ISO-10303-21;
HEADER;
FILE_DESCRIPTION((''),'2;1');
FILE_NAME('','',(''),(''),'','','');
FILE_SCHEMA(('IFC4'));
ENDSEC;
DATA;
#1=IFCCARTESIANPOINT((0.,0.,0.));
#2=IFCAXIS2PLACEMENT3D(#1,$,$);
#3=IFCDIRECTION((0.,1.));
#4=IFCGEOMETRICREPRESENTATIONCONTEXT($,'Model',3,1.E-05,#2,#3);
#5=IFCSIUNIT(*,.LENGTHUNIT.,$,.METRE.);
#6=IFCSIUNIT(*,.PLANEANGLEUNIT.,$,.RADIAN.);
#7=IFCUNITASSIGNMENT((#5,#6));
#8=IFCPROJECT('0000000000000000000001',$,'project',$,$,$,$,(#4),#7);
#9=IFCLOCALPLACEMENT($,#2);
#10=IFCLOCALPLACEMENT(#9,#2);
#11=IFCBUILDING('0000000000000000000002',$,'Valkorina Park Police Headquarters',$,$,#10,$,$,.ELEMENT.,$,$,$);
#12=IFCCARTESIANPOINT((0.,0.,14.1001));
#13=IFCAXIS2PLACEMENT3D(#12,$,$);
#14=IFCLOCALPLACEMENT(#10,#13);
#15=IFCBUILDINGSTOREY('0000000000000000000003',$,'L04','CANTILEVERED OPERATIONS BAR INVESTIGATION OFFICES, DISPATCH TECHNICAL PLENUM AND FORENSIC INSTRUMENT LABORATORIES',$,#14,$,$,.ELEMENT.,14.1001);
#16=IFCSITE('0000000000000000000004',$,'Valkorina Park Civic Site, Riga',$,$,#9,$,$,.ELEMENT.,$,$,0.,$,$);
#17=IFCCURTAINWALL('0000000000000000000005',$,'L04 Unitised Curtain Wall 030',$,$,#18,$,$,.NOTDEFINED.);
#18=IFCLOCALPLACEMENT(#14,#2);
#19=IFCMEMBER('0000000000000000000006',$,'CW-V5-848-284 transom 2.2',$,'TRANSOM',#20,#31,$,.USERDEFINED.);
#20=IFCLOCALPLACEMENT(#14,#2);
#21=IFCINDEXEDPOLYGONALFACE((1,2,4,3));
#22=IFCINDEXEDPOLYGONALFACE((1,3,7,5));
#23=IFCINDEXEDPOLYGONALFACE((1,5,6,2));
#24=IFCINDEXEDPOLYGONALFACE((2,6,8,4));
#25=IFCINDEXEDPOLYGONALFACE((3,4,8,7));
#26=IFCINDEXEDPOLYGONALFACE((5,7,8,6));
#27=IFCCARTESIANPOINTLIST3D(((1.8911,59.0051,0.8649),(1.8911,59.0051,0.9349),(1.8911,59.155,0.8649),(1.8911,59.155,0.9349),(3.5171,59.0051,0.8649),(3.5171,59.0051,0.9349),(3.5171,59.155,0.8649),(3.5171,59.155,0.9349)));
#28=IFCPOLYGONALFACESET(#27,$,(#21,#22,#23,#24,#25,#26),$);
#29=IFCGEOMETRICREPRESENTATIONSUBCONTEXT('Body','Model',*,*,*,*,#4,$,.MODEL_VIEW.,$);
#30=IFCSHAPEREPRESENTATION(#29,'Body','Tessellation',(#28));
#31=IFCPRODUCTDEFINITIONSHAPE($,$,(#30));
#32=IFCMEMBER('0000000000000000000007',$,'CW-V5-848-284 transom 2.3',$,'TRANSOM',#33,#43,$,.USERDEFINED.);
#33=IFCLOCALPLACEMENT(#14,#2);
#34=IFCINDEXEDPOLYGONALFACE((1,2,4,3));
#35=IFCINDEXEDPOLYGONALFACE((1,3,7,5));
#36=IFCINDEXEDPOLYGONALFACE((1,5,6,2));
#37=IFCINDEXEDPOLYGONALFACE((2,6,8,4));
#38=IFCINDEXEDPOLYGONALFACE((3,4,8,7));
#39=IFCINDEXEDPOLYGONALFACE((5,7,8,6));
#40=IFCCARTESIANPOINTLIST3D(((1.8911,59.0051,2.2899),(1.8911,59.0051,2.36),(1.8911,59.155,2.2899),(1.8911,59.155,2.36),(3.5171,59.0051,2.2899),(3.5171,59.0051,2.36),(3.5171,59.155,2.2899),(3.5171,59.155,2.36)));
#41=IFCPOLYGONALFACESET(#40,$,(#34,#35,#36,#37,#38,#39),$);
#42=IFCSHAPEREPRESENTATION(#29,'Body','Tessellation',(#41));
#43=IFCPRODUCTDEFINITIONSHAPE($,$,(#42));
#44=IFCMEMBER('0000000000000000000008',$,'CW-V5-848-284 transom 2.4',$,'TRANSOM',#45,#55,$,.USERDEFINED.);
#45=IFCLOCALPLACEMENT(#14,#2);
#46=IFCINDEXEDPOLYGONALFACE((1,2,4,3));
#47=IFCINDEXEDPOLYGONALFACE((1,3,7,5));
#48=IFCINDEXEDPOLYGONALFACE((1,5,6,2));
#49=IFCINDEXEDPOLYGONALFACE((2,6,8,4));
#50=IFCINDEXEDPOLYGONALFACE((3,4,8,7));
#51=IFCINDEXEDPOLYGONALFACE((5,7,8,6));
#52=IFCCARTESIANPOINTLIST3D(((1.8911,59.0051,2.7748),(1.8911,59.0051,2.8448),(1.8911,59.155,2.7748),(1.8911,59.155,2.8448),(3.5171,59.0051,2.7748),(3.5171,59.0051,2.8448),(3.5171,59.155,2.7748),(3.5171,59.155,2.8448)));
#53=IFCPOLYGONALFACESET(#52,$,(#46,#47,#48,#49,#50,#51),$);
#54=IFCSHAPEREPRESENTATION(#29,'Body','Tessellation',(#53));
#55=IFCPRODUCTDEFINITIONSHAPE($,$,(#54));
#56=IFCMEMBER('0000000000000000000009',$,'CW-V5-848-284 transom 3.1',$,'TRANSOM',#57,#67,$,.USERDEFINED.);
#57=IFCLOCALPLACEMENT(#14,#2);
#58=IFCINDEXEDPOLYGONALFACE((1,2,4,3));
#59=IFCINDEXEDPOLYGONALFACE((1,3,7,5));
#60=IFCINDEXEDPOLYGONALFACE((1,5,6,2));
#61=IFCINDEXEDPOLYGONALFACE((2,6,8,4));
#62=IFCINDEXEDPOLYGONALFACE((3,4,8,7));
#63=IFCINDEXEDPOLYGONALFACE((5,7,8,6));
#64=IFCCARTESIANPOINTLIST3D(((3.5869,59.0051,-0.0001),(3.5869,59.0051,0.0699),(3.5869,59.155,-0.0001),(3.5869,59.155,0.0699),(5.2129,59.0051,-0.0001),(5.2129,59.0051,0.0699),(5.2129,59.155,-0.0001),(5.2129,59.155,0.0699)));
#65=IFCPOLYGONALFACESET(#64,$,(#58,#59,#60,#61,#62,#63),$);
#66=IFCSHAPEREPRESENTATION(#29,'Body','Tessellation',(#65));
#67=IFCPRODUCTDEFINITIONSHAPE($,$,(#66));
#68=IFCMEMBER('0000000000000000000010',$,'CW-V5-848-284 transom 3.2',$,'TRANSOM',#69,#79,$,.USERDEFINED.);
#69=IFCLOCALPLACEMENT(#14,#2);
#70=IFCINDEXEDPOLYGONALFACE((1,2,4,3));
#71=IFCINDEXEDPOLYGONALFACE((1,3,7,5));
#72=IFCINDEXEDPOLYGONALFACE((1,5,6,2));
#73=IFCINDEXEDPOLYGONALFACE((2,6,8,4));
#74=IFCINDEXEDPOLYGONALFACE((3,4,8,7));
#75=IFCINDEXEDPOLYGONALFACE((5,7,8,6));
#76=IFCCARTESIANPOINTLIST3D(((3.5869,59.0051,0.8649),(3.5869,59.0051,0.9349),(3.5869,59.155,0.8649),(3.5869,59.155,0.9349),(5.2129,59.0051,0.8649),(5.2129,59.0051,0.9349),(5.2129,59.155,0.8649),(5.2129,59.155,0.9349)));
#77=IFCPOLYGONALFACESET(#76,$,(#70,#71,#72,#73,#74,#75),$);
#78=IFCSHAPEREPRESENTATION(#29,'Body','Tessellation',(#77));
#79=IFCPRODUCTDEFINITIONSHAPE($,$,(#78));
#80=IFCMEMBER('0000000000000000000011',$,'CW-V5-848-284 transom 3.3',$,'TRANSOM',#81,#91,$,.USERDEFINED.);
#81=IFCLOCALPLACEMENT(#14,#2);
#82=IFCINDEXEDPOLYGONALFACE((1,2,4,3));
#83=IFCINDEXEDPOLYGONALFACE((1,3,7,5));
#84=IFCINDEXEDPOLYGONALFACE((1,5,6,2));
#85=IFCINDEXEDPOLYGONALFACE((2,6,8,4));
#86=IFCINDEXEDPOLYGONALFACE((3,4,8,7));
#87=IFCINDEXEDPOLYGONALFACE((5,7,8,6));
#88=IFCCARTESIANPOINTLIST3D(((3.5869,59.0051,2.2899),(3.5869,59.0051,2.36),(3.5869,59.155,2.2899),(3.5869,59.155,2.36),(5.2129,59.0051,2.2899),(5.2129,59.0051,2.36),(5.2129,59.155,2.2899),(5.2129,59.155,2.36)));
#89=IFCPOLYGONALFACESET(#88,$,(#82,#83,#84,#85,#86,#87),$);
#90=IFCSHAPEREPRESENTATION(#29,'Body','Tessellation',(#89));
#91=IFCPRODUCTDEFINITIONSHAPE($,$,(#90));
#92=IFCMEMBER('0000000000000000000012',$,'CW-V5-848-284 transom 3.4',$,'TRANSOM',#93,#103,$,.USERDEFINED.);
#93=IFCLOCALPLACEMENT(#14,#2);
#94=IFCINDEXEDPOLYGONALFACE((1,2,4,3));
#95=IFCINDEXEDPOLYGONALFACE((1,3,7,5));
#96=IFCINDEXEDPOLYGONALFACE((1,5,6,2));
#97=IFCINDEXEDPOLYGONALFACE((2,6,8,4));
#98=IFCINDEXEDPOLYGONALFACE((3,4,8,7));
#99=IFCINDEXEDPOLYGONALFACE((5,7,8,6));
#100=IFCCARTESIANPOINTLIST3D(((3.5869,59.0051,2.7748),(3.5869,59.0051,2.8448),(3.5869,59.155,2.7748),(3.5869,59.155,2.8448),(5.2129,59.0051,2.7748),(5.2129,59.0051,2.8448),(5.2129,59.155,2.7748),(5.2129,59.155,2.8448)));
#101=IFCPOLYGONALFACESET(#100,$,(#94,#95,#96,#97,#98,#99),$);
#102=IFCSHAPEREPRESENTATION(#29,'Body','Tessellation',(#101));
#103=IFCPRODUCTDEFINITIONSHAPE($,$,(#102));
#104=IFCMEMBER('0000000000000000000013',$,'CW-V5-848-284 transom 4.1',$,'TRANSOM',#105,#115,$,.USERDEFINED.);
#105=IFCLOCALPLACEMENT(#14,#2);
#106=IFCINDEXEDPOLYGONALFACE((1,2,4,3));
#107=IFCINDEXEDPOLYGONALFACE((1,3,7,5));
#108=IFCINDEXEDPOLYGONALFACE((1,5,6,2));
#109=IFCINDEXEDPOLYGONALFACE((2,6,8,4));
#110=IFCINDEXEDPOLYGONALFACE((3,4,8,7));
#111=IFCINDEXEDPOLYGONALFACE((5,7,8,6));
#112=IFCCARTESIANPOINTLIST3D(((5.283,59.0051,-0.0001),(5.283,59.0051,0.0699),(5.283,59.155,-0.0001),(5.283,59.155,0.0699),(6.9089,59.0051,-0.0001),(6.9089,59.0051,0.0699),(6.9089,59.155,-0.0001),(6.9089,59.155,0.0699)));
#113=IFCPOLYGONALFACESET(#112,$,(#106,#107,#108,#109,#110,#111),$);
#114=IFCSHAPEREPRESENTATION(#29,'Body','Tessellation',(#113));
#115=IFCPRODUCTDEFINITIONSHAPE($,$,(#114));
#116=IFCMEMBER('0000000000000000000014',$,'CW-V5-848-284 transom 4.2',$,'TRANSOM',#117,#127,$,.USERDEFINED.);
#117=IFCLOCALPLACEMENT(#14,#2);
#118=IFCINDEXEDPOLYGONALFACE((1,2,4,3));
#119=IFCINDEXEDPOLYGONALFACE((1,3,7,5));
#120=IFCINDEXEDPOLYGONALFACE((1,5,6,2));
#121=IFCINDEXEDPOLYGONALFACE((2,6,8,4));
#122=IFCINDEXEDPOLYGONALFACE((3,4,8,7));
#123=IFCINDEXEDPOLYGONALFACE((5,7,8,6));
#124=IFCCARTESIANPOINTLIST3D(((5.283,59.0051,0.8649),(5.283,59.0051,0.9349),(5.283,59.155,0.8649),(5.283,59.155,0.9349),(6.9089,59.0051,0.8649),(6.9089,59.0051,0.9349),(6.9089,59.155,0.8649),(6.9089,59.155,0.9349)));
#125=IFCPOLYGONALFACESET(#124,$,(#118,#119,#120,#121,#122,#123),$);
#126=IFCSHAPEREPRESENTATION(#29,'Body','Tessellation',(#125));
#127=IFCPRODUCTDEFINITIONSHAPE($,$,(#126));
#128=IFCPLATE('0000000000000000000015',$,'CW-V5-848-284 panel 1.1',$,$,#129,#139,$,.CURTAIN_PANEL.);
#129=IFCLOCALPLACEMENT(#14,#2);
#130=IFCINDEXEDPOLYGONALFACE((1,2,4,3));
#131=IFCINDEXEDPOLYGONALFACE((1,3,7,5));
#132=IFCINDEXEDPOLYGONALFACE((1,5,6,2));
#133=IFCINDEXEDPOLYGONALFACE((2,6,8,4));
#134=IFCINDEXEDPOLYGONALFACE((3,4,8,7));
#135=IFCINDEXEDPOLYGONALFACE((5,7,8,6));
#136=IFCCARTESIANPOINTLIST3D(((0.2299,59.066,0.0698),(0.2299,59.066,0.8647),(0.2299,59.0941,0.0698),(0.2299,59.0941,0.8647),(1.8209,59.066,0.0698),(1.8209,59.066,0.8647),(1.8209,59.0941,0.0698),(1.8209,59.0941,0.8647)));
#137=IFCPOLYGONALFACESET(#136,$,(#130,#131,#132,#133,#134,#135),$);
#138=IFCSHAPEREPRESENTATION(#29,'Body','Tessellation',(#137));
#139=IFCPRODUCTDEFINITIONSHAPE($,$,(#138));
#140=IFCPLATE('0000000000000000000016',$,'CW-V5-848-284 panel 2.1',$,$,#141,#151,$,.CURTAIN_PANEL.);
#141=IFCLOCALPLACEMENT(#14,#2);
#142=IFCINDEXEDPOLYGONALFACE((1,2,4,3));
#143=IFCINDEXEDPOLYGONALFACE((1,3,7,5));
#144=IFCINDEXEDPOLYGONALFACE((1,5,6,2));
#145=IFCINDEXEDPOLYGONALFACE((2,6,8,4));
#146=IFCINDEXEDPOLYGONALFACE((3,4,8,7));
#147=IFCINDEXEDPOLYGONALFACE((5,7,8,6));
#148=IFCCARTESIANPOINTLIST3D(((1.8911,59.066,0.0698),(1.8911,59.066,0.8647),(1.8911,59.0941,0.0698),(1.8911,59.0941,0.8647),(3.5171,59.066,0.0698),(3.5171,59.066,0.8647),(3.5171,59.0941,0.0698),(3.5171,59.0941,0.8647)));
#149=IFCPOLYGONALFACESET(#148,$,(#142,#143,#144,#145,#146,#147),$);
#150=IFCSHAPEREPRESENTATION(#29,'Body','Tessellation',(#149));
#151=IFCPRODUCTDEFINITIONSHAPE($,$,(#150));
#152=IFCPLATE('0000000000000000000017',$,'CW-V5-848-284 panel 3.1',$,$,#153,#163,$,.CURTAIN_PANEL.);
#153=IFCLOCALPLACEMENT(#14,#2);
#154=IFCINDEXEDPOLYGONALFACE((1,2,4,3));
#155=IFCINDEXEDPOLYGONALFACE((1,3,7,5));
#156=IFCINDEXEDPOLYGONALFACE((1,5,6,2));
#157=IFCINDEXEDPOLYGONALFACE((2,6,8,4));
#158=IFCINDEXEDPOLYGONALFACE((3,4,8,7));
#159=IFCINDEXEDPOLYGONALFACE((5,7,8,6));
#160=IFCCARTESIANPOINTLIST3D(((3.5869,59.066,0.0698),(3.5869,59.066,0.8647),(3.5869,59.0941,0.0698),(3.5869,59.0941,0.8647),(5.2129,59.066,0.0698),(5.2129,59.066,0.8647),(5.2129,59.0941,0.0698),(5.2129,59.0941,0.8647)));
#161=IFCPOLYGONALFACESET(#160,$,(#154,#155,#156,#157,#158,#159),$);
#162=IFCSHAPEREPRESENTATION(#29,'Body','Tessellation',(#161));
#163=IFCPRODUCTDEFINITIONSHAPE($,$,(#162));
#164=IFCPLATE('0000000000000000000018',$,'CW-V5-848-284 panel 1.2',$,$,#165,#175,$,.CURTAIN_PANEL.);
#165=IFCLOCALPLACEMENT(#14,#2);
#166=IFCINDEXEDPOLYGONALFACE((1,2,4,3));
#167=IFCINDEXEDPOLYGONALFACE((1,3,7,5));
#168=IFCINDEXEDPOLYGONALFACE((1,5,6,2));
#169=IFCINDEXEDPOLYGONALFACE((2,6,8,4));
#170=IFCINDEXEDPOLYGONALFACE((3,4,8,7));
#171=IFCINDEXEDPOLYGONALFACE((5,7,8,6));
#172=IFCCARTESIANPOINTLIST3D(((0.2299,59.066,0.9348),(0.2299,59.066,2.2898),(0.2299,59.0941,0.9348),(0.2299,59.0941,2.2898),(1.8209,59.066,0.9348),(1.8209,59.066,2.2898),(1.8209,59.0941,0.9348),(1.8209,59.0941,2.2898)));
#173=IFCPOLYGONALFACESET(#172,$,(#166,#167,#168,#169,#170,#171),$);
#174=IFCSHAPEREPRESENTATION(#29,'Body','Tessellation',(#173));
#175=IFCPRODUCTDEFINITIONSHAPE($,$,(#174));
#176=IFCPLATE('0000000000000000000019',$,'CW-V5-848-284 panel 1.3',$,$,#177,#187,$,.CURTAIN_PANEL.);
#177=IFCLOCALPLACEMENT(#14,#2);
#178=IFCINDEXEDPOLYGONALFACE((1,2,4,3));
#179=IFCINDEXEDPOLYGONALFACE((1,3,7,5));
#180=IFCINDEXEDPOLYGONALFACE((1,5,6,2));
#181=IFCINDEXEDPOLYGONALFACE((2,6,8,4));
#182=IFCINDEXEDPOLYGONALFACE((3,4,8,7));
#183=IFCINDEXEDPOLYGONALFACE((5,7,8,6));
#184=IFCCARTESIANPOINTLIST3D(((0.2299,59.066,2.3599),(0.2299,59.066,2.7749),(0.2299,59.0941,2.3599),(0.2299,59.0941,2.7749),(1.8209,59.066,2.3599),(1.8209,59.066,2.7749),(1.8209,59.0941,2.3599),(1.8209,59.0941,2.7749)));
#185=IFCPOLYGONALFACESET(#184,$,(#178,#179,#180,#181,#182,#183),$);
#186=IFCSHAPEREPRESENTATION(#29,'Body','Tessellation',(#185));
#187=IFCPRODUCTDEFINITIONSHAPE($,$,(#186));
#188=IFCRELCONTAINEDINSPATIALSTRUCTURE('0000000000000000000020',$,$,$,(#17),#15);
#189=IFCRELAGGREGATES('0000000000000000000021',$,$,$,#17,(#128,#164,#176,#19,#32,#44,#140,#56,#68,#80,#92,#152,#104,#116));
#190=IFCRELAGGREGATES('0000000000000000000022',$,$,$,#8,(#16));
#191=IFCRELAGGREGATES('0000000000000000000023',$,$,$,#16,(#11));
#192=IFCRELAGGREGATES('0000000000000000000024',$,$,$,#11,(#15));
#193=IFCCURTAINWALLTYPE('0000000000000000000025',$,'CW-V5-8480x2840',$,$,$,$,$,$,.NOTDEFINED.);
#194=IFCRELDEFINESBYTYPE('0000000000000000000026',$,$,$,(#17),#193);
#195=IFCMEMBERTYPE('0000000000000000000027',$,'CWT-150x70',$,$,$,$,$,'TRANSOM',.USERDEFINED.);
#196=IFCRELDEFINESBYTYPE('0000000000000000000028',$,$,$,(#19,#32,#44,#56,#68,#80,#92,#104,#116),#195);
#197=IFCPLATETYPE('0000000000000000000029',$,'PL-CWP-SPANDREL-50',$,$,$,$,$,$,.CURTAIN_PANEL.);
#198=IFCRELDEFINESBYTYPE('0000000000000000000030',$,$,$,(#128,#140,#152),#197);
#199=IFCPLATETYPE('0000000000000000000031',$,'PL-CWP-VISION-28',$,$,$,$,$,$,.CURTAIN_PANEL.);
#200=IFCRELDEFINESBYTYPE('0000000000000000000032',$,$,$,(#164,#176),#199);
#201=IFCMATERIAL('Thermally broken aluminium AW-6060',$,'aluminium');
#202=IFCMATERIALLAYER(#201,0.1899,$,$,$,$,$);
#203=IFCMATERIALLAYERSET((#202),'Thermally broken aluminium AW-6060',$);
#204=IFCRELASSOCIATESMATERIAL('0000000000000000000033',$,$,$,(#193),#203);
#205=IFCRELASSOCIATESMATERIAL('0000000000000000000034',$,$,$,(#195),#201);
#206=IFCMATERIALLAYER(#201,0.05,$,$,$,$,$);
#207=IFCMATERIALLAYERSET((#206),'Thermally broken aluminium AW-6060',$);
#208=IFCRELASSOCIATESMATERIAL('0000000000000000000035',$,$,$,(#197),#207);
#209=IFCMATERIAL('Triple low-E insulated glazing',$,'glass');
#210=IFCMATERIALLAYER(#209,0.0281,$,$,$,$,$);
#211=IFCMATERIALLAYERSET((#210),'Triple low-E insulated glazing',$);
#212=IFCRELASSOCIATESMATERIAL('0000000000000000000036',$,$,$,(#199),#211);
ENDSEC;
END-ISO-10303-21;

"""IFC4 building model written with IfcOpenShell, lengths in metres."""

from ifc_helpers import new_model, si_unit, direction, frame, origin, origin_2d, place, context, subcontext, project, spatial, rectangle, extrude, material, layer, layer_set, material_profile, profile_set, type_object, element, aggregate, save


model = new_model("IFC4")

# Units and contexts
model_context = context("Model", 3, precision=1e-05, world=origin(), true_north=direction((0.0, 1.0)))
body_context = subcontext(model_context, "Body", "Model", "MODEL_VIEW")
ifc_project = project(units=[si_unit("LENGTHUNIT", "METRE"), si_unit("PLANEANGLEUNIT", "RADIAN")], contexts=[model_context])

# Site, building, storey
site_placement = place(None, origin())
site = spatial("IfcSite", under=ifc_project, at=site_placement, Name="Valkorina Park Civic Site, Riga", CompositionType="ELEMENT", RefElevation=0.0)
building_placement = place(site_placement, origin())
building = spatial("IfcBuilding", under=site, at=building_placement, Name="Valkorina Park Police Headquarters", CompositionType="ELEMENT")
storey_placement = place(building_placement, frame((0.0, 0.0, 14.1001)))
storey = spatial("IfcBuildingStorey", under=building, at=storey_placement, Name="L04", Description="CANTILEVERED OPERATIONS BAR INVESTIGATION OFFICES, DISPATCH TECHNICAL PLENUM AND FORENSIC INSTRUMENT LABORATORIES", CompositionType="ELEMENT", Elevation=14.1001)

# Curtain wall, members, plates
ifc_material_1 = material(Name="Thermally broken aluminium AW-6060", Category="aluminium")
ifc_layer_1 = layer(ifc_material_1, 0.1899)
ifc_layer_set_1 = layer_set([ifc_layer_1], Name="Thermally broken aluminium AW-6060")
curtain_wall_type = type_object("IfcCurtainWallType", Name="CW-V5-8480x2840", PredefinedType="NOTDEFINED", material=ifc_layer_set_1)
curtain_wall_placement = place(storey_placement, origin())
curtain_wall = element("IfcCurtainWall", 1, at=curtain_wall_placement, inside=storey, type_object=curtain_wall_type, Name="L04 Unitised Curtain Wall 030", PredefinedType="NOTDEFINED")
ifc_material_profile_1 = material_profile(ifc_material_1, rectangle(XDim=0.1499, YDim=0.0701, at=origin_2d()), Name="CWT-02 150x70")
ifc_profile_set_1 = profile_set([ifc_material_profile_1], Name="Thermally broken aluminium AW-6060")
member_type_1 = type_object("IfcMemberType", Name="CWT-150x70", ElementType="TRANSOM", PredefinedType="USERDEFINED", material=ifc_profile_set_1)
member_1_placement = place(storey_placement, frame((1.8911, 59.0801, 0.8999), z_axis=(1.0, 0.0, 0.0), x_axis=(0.0, 1.0, 0.0)))
member_1 = element("IfcMember", 2, at=member_1_placement, type_object=member_type_1, Name="CW-V5-848-284 transom 2.2", ObjectType="TRANSOM", PredefinedType="USERDEFINED", context=body_context, shape_type="SweptSolid", body=[
    extrude(rectangle(XDim=0.1499, YDim=0.0701, at=origin_2d()), origin(), (0.0, 0.0, 1.0), 1.626),
])
member_2_placement = place(storey_placement, frame((1.8911, 59.0801, 2.325), z_axis=(1.0, 0.0, 0.0), x_axis=(0.0, 1.0, 0.0)))
member_2 = element("IfcMember", 3, at=member_2_placement, type_object=member_type_1, Name="CW-V5-848-284 transom 2.3", ObjectType="TRANSOM", PredefinedType="USERDEFINED", context=body_context, shape_type="SweptSolid", body=[
    extrude(rectangle(XDim=0.1499, YDim=0.0701, at=origin_2d()), origin(), (0.0, 0.0, 1.0), 1.626),
])
member_3_placement = place(storey_placement, frame((1.8911, 59.0801, 2.8098), z_axis=(1.0, 0.0, 0.0), x_axis=(0.0, 1.0, 0.0)))
member_3 = element("IfcMember", 4, at=member_3_placement, type_object=member_type_1, Name="CW-V5-848-284 transom 2.4", ObjectType="TRANSOM", PredefinedType="USERDEFINED", context=body_context, shape_type="SweptSolid", body=[
    extrude(rectangle(XDim=0.1499, YDim=0.0701, at=origin_2d()), origin(), (0.0, 0.0, 1.0), 1.626),
])
member_4_placement = place(storey_placement, frame((3.5869, 59.0801, 0.0349), z_axis=(1.0, 0.0, 0.0), x_axis=(0.0, 1.0, 0.0)))
member_4 = element("IfcMember", 5, at=member_4_placement, type_object=member_type_1, Name="CW-V5-848-284 transom 3.1", ObjectType="TRANSOM", PredefinedType="USERDEFINED", context=body_context, shape_type="SweptSolid", body=[
    extrude(rectangle(XDim=0.1499, YDim=0.0701, at=origin_2d()), origin(), (0.0, 0.0, 1.0), 1.626),
])
member_5_placement = place(storey_placement, frame((3.5869, 59.0801, 0.8999), z_axis=(1.0, 0.0, 0.0), x_axis=(0.0, 1.0, 0.0)))
member_5 = element("IfcMember", 6, at=member_5_placement, type_object=member_type_1, Name="CW-V5-848-284 transom 3.2", ObjectType="TRANSOM", PredefinedType="USERDEFINED", context=body_context, shape_type="SweptSolid", body=[
    extrude(rectangle(XDim=0.1499, YDim=0.0701, at=origin_2d()), origin(), (0.0, 0.0, 1.0), 1.626),
])
member_6_placement = place(storey_placement, frame((3.5869, 59.0801, 2.325), z_axis=(1.0, 0.0, 0.0), x_axis=(0.0, 1.0, 0.0)))
member_6 = element("IfcMember", 7, at=member_6_placement, type_object=member_type_1, Name="CW-V5-848-284 transom 3.3", ObjectType="TRANSOM", PredefinedType="USERDEFINED", context=body_context, shape_type="SweptSolid", body=[
    extrude(rectangle(XDim=0.1499, YDim=0.0701, at=origin_2d()), origin(), (0.0, 0.0, 1.0), 1.626),
])
member_7_placement = place(storey_placement, frame((3.5869, 59.0801, 2.8098), z_axis=(1.0, 0.0, 0.0), x_axis=(0.0, 1.0, 0.0)))
member_7 = element("IfcMember", 8, at=member_7_placement, type_object=member_type_1, Name="CW-V5-848-284 transom 3.4", ObjectType="TRANSOM", PredefinedType="USERDEFINED", context=body_context, shape_type="SweptSolid", body=[
    extrude(rectangle(XDim=0.1499, YDim=0.0701, at=origin_2d()), origin(), (0.0, 0.0, 1.0), 1.626),
])
member_8_placement = place(storey_placement, frame((5.283, 59.0801, 0.0349), z_axis=(1.0, 0.0, 0.0), x_axis=(0.0, 1.0, 0.0)))
member_8 = element("IfcMember", 9, at=member_8_placement, type_object=member_type_1, Name="CW-V5-848-284 transom 4.1", ObjectType="TRANSOM", PredefinedType="USERDEFINED", context=body_context, shape_type="SweptSolid", body=[
    extrude(rectangle(XDim=0.1499, YDim=0.0701, at=origin_2d()), origin(), (0.0, 0.0, 1.0), 1.626),
])
member_9_placement = place(storey_placement, frame((5.283, 59.0801, 0.8999), z_axis=(1.0, 0.0, 0.0), x_axis=(0.0, 1.0, 0.0)))
member_9 = element("IfcMember", 10, at=member_9_placement, type_object=member_type_1, Name="CW-V5-848-284 transom 4.2", ObjectType="TRANSOM", PredefinedType="USERDEFINED", context=body_context, shape_type="SweptSolid", body=[
    extrude(rectangle(XDim=0.1499, YDim=0.0701, at=origin_2d()), origin(), (0.0, 0.0, 1.0), 1.626),
])
ifc_layer_2 = layer(ifc_material_1, 0.05)
ifc_layer_set_2 = layer_set([ifc_layer_2], Name="Thermally broken aluminium AW-6060")
plate_type_1 = type_object("IfcPlateType", Name="PL-CWP-SPANDREL-50", PredefinedType="CURTAIN_PANEL", material=ifc_layer_set_2)
plate_1_placement = place(storey_placement, frame((1.0254, 59.0801, 0.0698), z_axis=(0.0, 0.0, 1.0), x_axis=(1.0, 0.0, 0.0)))
plate_1 = element("IfcPlate", 11, at=plate_1_placement, type_object=plate_type_1, Name="CW-V5-848-284 panel 1.1", PredefinedType="CURTAIN_PANEL", context=body_context, shape_type="SweptSolid", body=[
    extrude(rectangle(XDim=1.5911, YDim=0.0281, at=origin_2d()), origin(), (0.0, 0.0, 1.0), 0.7949),
])
plate_2_placement = place(storey_placement, frame((2.7041, 59.0801, 0.0698), z_axis=(0.0, 0.0, 1.0), x_axis=(1.0, 0.0, 0.0)))
plate_2 = element("IfcPlate", 12, at=plate_2_placement, type_object=plate_type_1, Name="CW-V5-848-284 panel 2.1", PredefinedType="CURTAIN_PANEL", context=body_context, shape_type="SweptSolid", body=[
    extrude(rectangle(XDim=1.626, YDim=0.0281, at=origin_2d()), origin(), (0.0, 0.0, 1.0), 0.7949),
])
plate_3_placement = place(storey_placement, frame((4.3999, 59.0801, 0.0698), z_axis=(0.0, 0.0, 1.0), x_axis=(1.0, 0.0, 0.0)))
plate_3 = element("IfcPlate", 13, at=plate_3_placement, type_object=plate_type_1, Name="CW-V5-848-284 panel 3.1", PredefinedType="CURTAIN_PANEL", context=body_context, shape_type="SweptSolid", body=[
    extrude(rectangle(XDim=1.626, YDim=0.0281, at=origin_2d()), origin(), (0.0, 0.0, 1.0), 0.7949),
])
ifc_material_2 = material(Name="Triple low-E insulated glazing", Category="glass")
ifc_layer_3 = layer(ifc_material_2, 0.0281)
ifc_layer_set_3 = layer_set([ifc_layer_3], Name="Triple low-E insulated glazing")
plate_type_2 = type_object("IfcPlateType", Name="PL-CWP-VISION-28", PredefinedType="CURTAIN_PANEL", material=ifc_layer_set_3)
plate_4_placement = place(storey_placement, frame((1.0254, 59.0801, 0.9348), z_axis=(0.0, 0.0, 1.0), x_axis=(1.0, 0.0, 0.0)))
plate_4 = element("IfcPlate", 14, at=plate_4_placement, type_object=plate_type_2, Name="CW-V5-848-284 panel 1.2", PredefinedType="CURTAIN_PANEL", context=body_context, shape_type="SweptSolid", body=[
    extrude(rectangle(XDim=1.5911, YDim=0.0281, at=origin_2d()), origin(), (0.0, 0.0, 1.0), 1.355),
])
plate_5_placement = place(storey_placement, frame((1.0254, 59.0801, 2.3599), z_axis=(0.0, 0.0, 1.0), x_axis=(1.0, 0.0, 0.0)))
plate_5 = element("IfcPlate", 15, at=plate_5_placement, type_object=plate_type_2, Name="CW-V5-848-284 panel 1.3", PredefinedType="CURTAIN_PANEL", context=body_context, shape_type="SweptSolid", body=[
    extrude(rectangle(XDim=1.5911, YDim=0.0281, at=origin_2d()), origin(), (0.0, 0.0, 1.0), 0.415),
])
aggregate(curtain_wall, [plate_1, plate_4, plate_5, member_1, member_2, member_3, plate_2, member_4, member_5, member_6, member_7, plate_3, member_8, member_9])

save(model, "model.ifc")
